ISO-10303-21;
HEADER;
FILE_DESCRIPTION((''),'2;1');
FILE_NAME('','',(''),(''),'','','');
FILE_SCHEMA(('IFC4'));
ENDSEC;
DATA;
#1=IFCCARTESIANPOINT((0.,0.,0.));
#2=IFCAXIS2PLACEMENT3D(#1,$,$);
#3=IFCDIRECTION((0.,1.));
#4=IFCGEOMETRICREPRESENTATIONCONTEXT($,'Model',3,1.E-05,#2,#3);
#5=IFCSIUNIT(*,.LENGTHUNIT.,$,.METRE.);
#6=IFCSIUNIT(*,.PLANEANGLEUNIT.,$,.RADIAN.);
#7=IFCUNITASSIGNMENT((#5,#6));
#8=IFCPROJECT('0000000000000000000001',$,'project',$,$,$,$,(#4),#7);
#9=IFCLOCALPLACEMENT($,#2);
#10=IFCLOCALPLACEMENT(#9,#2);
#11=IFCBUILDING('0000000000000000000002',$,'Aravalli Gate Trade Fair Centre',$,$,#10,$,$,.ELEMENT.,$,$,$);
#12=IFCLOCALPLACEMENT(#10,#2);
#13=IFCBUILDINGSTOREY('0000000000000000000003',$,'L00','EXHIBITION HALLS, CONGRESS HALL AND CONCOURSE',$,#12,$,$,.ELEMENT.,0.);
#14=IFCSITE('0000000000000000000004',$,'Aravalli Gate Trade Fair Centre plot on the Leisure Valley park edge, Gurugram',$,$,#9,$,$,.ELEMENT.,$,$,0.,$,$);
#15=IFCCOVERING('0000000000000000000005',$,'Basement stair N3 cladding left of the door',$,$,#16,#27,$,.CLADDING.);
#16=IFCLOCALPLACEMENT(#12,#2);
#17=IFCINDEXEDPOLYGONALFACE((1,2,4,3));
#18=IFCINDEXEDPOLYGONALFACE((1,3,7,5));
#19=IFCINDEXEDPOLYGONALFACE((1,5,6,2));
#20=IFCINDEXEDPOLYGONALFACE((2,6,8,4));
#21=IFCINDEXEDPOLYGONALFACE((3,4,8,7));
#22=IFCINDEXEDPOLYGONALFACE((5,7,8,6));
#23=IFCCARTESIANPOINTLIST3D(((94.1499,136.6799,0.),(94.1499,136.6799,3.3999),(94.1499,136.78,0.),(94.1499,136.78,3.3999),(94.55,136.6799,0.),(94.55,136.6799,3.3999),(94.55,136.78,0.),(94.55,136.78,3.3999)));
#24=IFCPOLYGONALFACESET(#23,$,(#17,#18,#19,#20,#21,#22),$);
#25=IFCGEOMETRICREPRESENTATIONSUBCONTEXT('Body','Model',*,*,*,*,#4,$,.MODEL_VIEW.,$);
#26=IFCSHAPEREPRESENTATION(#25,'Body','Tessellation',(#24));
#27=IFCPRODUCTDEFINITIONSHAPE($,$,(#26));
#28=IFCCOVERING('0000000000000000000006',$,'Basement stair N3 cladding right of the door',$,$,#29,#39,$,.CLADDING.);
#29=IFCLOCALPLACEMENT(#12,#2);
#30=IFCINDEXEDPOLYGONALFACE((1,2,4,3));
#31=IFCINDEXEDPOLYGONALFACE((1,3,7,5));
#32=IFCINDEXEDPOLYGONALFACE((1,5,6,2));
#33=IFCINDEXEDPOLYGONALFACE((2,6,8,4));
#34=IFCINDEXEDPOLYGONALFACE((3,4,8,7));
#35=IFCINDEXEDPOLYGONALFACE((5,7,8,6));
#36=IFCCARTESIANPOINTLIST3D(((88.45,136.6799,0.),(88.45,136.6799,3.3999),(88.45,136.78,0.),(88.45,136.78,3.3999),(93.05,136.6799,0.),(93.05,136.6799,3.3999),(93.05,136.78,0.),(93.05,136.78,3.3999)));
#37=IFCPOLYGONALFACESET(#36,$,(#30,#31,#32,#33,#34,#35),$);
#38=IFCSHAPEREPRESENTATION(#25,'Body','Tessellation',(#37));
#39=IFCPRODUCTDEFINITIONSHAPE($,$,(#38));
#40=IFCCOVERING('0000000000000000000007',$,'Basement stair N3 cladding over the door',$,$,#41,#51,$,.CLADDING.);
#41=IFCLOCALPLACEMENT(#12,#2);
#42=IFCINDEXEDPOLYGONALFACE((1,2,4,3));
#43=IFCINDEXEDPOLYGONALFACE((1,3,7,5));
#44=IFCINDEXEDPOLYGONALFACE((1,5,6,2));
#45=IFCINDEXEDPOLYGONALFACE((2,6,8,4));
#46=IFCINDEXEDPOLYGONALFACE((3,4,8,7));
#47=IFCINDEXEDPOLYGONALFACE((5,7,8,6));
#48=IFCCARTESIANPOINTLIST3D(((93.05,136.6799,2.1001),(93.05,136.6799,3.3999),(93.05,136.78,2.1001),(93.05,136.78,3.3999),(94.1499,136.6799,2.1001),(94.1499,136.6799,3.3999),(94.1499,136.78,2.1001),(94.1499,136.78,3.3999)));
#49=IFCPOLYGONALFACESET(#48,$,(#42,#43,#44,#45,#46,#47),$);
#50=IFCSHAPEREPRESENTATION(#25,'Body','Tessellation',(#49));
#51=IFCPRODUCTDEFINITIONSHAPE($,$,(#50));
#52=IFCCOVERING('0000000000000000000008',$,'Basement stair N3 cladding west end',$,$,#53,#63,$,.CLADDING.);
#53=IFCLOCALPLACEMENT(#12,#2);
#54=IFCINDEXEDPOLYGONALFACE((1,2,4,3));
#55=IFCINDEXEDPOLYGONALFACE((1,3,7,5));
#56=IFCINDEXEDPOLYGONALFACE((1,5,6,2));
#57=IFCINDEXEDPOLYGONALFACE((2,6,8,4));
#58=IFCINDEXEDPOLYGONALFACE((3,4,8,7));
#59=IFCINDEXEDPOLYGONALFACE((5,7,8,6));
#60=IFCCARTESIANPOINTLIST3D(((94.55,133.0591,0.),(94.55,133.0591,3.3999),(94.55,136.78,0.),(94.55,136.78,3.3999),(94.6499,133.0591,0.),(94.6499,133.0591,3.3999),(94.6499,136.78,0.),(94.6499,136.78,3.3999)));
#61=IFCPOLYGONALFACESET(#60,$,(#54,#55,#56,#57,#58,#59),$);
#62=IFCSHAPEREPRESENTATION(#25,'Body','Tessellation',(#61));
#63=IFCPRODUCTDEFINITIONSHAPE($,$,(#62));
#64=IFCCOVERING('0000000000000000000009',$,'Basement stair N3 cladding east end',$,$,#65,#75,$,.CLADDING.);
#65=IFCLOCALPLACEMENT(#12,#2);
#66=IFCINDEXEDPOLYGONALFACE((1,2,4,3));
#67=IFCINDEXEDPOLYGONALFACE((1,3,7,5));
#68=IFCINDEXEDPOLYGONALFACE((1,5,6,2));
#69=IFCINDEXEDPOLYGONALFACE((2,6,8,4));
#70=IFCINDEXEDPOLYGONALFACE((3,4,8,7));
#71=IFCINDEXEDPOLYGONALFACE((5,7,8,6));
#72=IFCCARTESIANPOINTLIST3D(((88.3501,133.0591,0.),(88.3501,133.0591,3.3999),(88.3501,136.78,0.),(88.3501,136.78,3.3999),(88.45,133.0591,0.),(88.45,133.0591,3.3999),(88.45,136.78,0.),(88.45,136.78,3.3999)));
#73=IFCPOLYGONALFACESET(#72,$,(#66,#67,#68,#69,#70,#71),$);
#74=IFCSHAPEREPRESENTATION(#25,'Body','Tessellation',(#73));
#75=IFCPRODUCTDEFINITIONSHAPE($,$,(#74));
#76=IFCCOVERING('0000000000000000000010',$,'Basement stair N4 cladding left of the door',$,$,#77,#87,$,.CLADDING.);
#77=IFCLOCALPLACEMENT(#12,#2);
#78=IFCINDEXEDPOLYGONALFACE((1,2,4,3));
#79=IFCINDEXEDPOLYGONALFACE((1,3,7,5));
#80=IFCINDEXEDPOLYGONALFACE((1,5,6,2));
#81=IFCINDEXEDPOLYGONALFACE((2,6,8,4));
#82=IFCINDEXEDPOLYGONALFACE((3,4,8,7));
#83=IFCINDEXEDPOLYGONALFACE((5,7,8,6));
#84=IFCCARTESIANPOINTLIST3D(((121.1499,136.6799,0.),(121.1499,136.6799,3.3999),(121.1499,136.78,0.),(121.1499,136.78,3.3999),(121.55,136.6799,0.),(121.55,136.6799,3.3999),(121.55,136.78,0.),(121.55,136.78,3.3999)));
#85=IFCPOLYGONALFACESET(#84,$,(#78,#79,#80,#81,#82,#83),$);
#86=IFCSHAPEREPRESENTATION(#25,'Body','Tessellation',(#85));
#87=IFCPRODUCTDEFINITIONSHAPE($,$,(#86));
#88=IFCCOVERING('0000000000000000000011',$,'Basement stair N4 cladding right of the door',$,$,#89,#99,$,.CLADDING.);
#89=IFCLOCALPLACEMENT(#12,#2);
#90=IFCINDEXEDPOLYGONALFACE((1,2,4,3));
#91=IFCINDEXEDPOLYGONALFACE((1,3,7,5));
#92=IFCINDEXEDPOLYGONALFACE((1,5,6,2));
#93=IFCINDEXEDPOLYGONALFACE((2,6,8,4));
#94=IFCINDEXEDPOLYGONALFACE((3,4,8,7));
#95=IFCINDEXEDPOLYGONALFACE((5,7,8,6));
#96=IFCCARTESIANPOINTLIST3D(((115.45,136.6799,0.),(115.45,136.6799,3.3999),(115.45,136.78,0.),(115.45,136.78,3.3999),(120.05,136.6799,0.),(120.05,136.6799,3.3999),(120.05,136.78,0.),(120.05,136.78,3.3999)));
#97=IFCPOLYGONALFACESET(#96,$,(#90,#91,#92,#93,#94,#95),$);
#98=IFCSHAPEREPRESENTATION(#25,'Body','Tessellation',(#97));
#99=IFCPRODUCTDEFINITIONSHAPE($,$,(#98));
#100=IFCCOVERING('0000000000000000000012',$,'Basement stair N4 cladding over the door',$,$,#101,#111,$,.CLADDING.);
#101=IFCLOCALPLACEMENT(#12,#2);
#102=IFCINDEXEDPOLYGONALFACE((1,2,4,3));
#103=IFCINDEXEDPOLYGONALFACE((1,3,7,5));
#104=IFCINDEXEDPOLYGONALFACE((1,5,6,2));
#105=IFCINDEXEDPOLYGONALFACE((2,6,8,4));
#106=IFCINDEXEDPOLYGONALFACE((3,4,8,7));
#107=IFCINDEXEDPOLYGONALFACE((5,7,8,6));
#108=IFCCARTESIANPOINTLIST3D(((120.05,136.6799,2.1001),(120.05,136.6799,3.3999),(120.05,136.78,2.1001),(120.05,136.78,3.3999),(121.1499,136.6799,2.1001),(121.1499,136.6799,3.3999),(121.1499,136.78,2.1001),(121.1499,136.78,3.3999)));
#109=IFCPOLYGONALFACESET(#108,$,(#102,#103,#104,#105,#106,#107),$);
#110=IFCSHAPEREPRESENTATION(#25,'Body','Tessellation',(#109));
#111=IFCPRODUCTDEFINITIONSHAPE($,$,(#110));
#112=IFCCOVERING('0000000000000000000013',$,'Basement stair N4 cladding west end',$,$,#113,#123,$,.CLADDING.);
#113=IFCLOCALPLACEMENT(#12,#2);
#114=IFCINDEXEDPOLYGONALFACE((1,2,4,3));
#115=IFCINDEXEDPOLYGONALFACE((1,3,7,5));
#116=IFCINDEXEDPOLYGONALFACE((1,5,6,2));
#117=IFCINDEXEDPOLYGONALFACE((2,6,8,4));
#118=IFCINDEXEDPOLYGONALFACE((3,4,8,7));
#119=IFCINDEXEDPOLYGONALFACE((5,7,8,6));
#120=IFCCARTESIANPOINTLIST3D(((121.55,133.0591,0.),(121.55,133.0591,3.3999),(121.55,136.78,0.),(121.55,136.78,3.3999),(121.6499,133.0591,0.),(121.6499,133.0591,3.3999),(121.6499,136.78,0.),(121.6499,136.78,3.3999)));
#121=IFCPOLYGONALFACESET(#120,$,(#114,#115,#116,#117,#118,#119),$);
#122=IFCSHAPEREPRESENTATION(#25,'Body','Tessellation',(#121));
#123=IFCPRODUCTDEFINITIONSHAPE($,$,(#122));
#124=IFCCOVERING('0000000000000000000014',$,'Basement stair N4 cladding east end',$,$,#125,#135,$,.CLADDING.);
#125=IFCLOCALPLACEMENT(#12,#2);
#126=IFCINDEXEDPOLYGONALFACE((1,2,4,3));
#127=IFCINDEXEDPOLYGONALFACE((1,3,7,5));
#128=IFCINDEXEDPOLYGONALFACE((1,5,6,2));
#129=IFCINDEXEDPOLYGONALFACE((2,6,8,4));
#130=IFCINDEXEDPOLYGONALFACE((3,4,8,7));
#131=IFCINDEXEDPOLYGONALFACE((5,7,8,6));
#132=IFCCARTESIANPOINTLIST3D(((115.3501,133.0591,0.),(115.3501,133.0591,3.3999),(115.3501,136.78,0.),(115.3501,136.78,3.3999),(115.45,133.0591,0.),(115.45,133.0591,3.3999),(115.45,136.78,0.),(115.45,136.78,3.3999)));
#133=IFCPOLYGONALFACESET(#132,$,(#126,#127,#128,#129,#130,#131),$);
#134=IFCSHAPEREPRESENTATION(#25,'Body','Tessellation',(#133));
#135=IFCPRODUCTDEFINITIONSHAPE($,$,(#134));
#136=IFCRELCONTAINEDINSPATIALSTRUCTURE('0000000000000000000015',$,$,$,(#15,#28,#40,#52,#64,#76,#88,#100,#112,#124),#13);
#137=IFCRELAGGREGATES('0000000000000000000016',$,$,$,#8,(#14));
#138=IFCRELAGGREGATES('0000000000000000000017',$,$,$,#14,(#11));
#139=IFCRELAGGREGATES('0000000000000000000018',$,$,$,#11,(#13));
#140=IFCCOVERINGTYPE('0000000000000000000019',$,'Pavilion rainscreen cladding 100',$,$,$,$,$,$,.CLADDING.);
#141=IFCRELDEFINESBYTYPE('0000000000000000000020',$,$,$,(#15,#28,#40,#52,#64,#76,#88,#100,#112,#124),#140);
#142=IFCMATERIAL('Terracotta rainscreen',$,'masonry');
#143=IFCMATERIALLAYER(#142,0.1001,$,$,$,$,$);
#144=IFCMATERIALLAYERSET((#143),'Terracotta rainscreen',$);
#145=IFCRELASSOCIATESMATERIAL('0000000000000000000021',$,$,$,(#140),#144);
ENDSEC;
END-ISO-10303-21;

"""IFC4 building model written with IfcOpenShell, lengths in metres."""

from ifc_helpers import new_model, si_unit, direction, frame, origin, place, context, subcontext, project, spatial, polyline, outline, extrude, material, layer, layer_set, type_object, element, save


model = new_model("IFC4")

# Units and contexts
model_context = context("Model", 3, precision=1e-05, world=origin(), true_north=direction((0.0, 1.0)))
body_context = subcontext(model_context, "Body", "Model", "MODEL_VIEW")
ifc_project = project(units=[si_unit("LENGTHUNIT", "METRE"), si_unit("PLANEANGLEUNIT", "RADIAN")], contexts=[model_context])

# Site, building, storey
site_placement = place(None, origin())
site = spatial("IfcSite", under=ifc_project, at=site_placement, Name="Aravalli Gate Trade Fair Centre plot on the Leisure Valley park edge, Gurugram", CompositionType="ELEMENT", RefElevation=0.0)
building_placement = place(site_placement, origin())
building = spatial("IfcBuilding", under=site, at=building_placement, Name="Aravalli Gate Trade Fair Centre", CompositionType="ELEMENT")
storey_placement = place(building_placement, origin())
storey = spatial("IfcBuildingStorey", under=building, at=storey_placement, Name="L00", Description="EXHIBITION HALLS, CONGRESS HALL AND CONCOURSE", CompositionType="ELEMENT", Elevation=0.0)

# Coverings
ifc_material_1 = material(Name="Terracotta rainscreen", Category="masonry")
ifc_layer_1 = layer(ifc_material_1, 0.1001)
ifc_layer_set_1 = layer_set([ifc_layer_1], Name="Terracotta rainscreen")
covering_type_1 = type_object("IfcCoveringType", Name="Pavilion rainscreen cladding 100", PredefinedType="CLADDING", material=ifc_layer_set_1)
covering_1_placement = place(storey_placement, origin())
element("IfcCovering", 1, at=covering_1_placement, inside=storey, type_object=covering_type_1, Name="Basement stair N3 cladding left of the door", PredefinedType="CLADDING", context=body_context, shape_type="SweptSolid", body=[
    extrude(outline(polyline([(94.55, 136.6799), (94.1499, 136.6799), (94.1499, 136.78), (94.55, 136.78), (94.55, 136.6799)])), origin(), (0.0, 0.0, 1.0), 3.3999),
])
covering_2_placement = place(storey_placement, origin())
element("IfcCovering", 2, at=covering_2_placement, inside=storey, type_object=covering_type_1, Name="Basement stair N3 cladding right of the door", PredefinedType="CLADDING", context=body_context, shape_type="SweptSolid", body=[
    extrude(outline(polyline([(93.05, 136.6799), (88.45, 136.6799), (88.45, 136.78), (93.05, 136.78), (93.05, 136.6799)])), origin(), (0.0, 0.0, 1.0), 3.3999),
])
covering_3_placement = place(storey_placement, frame((0.0, 0.0, 2.1001)))
element("IfcCovering", 3, at=covering_3_placement, inside=storey, type_object=covering_type_1, Name="Basement stair N3 cladding over the door", PredefinedType="CLADDING", context=body_context, shape_type="SweptSolid", body=[
    extrude(outline(polyline([(94.1499, 136.6799), (93.05, 136.6799), (93.05, 136.78), (94.1499, 136.78), (94.1499, 136.6799)])), origin(), (0.0, 0.0, 1.0), 1.2998),
])
covering_4_placement = place(storey_placement, origin())
element("IfcCovering", 4, at=covering_4_placement, inside=storey, type_object=covering_type_1, Name="Basement stair N3 cladding west end", PredefinedType="CLADDING", context=body_context, shape_type="SweptSolid", body=[
    extrude(outline(polyline([(94.6499, 133.0591), (94.55, 133.0591), (94.55, 136.78), (94.6499, 136.78), (94.6499, 133.0591)])), origin(), (0.0, 0.0, 1.0), 3.3999),
])
covering_5_placement = place(storey_placement, origin())
element("IfcCovering", 5, at=covering_5_placement, inside=storey, type_object=covering_type_1, Name="Basement stair N3 cladding east end", PredefinedType="CLADDING", context=body_context, shape_type="SweptSolid", body=[
    extrude(outline(polyline([(88.45, 133.0591), (88.3501, 133.0591), (88.3501, 136.78), (88.45, 136.78), (88.45, 133.0591)])), origin(), (0.0, 0.0, 1.0), 3.3999),
])
covering_6_placement = place(storey_placement, origin())
element("IfcCovering", 6, at=covering_6_placement, inside=storey, type_object=covering_type_1, Name="Basement stair N4 cladding left of the door", PredefinedType="CLADDING", context=body_context, shape_type="SweptSolid", body=[
    extrude(outline(polyline([(121.55, 136.6799), (121.1499, 136.6799), (121.1499, 136.78), (121.55, 136.78), (121.55, 136.6799)])), origin(), (0.0, 0.0, 1.0), 3.3999),
])
covering_7_placement = place(storey_placement, origin())
element("IfcCovering", 7, at=covering_7_placement, inside=storey, type_object=covering_type_1, Name="Basement stair N4 cladding right of the door", PredefinedType="CLADDING", context=body_context, shape_type="SweptSolid", body=[
    extrude(outline(polyline([(120.05, 136.6799), (115.45, 136.6799), (115.45, 136.78), (120.05, 136.78), (120.05, 136.6799)])), origin(), (0.0, 0.0, 1.0), 3.3999),
])
covering_8_placement = place(storey_placement, frame((0.0, 0.0, 2.1001)))
element("IfcCovering", 8, at=covering_8_placement, inside=storey, type_object=covering_type_1, Name="Basement stair N4 cladding over the door", PredefinedType="CLADDING", context=body_context, shape_type="SweptSolid", body=[
    extrude(outline(polyline([(121.1499, 136.6799), (120.05, 136.6799), (120.05, 136.78), (121.1499, 136.78), (121.1499, 136.6799)])), origin(), (0.0, 0.0, 1.0), 1.2998),
])
covering_9_placement = place(storey_placement, origin())
element("IfcCovering", 9, at=covering_9_placement, inside=storey, type_object=covering_type_1, Name="Basement stair N4 cladding west end", PredefinedType="CLADDING", context=body_context, shape_type="SweptSolid", body=[
    extrude(outline(polyline([(121.6499, 133.0591), (121.55, 133.0591), (121.55, 136.78), (121.6499, 136.78), (121.6499, 133.0591)])), origin(), (0.0, 0.0, 1.0), 3.3999),
])
covering_10_placement = place(storey_placement, origin())
element("IfcCovering", 10, at=covering_10_placement, inside=storey, type_object=covering_type_1, Name="Basement stair N4 cladding east end", PredefinedType="CLADDING", context=body_context, shape_type="SweptSolid", body=[
    extrude(outline(polyline([(115.45, 133.0591), (115.3501, 133.0591), (115.3501, 136.78), (115.45, 136.78), (115.45, 133.0591)])), origin(), (0.0, 0.0, 1.0), 3.3999),
])

save(model, "model.ifc")
